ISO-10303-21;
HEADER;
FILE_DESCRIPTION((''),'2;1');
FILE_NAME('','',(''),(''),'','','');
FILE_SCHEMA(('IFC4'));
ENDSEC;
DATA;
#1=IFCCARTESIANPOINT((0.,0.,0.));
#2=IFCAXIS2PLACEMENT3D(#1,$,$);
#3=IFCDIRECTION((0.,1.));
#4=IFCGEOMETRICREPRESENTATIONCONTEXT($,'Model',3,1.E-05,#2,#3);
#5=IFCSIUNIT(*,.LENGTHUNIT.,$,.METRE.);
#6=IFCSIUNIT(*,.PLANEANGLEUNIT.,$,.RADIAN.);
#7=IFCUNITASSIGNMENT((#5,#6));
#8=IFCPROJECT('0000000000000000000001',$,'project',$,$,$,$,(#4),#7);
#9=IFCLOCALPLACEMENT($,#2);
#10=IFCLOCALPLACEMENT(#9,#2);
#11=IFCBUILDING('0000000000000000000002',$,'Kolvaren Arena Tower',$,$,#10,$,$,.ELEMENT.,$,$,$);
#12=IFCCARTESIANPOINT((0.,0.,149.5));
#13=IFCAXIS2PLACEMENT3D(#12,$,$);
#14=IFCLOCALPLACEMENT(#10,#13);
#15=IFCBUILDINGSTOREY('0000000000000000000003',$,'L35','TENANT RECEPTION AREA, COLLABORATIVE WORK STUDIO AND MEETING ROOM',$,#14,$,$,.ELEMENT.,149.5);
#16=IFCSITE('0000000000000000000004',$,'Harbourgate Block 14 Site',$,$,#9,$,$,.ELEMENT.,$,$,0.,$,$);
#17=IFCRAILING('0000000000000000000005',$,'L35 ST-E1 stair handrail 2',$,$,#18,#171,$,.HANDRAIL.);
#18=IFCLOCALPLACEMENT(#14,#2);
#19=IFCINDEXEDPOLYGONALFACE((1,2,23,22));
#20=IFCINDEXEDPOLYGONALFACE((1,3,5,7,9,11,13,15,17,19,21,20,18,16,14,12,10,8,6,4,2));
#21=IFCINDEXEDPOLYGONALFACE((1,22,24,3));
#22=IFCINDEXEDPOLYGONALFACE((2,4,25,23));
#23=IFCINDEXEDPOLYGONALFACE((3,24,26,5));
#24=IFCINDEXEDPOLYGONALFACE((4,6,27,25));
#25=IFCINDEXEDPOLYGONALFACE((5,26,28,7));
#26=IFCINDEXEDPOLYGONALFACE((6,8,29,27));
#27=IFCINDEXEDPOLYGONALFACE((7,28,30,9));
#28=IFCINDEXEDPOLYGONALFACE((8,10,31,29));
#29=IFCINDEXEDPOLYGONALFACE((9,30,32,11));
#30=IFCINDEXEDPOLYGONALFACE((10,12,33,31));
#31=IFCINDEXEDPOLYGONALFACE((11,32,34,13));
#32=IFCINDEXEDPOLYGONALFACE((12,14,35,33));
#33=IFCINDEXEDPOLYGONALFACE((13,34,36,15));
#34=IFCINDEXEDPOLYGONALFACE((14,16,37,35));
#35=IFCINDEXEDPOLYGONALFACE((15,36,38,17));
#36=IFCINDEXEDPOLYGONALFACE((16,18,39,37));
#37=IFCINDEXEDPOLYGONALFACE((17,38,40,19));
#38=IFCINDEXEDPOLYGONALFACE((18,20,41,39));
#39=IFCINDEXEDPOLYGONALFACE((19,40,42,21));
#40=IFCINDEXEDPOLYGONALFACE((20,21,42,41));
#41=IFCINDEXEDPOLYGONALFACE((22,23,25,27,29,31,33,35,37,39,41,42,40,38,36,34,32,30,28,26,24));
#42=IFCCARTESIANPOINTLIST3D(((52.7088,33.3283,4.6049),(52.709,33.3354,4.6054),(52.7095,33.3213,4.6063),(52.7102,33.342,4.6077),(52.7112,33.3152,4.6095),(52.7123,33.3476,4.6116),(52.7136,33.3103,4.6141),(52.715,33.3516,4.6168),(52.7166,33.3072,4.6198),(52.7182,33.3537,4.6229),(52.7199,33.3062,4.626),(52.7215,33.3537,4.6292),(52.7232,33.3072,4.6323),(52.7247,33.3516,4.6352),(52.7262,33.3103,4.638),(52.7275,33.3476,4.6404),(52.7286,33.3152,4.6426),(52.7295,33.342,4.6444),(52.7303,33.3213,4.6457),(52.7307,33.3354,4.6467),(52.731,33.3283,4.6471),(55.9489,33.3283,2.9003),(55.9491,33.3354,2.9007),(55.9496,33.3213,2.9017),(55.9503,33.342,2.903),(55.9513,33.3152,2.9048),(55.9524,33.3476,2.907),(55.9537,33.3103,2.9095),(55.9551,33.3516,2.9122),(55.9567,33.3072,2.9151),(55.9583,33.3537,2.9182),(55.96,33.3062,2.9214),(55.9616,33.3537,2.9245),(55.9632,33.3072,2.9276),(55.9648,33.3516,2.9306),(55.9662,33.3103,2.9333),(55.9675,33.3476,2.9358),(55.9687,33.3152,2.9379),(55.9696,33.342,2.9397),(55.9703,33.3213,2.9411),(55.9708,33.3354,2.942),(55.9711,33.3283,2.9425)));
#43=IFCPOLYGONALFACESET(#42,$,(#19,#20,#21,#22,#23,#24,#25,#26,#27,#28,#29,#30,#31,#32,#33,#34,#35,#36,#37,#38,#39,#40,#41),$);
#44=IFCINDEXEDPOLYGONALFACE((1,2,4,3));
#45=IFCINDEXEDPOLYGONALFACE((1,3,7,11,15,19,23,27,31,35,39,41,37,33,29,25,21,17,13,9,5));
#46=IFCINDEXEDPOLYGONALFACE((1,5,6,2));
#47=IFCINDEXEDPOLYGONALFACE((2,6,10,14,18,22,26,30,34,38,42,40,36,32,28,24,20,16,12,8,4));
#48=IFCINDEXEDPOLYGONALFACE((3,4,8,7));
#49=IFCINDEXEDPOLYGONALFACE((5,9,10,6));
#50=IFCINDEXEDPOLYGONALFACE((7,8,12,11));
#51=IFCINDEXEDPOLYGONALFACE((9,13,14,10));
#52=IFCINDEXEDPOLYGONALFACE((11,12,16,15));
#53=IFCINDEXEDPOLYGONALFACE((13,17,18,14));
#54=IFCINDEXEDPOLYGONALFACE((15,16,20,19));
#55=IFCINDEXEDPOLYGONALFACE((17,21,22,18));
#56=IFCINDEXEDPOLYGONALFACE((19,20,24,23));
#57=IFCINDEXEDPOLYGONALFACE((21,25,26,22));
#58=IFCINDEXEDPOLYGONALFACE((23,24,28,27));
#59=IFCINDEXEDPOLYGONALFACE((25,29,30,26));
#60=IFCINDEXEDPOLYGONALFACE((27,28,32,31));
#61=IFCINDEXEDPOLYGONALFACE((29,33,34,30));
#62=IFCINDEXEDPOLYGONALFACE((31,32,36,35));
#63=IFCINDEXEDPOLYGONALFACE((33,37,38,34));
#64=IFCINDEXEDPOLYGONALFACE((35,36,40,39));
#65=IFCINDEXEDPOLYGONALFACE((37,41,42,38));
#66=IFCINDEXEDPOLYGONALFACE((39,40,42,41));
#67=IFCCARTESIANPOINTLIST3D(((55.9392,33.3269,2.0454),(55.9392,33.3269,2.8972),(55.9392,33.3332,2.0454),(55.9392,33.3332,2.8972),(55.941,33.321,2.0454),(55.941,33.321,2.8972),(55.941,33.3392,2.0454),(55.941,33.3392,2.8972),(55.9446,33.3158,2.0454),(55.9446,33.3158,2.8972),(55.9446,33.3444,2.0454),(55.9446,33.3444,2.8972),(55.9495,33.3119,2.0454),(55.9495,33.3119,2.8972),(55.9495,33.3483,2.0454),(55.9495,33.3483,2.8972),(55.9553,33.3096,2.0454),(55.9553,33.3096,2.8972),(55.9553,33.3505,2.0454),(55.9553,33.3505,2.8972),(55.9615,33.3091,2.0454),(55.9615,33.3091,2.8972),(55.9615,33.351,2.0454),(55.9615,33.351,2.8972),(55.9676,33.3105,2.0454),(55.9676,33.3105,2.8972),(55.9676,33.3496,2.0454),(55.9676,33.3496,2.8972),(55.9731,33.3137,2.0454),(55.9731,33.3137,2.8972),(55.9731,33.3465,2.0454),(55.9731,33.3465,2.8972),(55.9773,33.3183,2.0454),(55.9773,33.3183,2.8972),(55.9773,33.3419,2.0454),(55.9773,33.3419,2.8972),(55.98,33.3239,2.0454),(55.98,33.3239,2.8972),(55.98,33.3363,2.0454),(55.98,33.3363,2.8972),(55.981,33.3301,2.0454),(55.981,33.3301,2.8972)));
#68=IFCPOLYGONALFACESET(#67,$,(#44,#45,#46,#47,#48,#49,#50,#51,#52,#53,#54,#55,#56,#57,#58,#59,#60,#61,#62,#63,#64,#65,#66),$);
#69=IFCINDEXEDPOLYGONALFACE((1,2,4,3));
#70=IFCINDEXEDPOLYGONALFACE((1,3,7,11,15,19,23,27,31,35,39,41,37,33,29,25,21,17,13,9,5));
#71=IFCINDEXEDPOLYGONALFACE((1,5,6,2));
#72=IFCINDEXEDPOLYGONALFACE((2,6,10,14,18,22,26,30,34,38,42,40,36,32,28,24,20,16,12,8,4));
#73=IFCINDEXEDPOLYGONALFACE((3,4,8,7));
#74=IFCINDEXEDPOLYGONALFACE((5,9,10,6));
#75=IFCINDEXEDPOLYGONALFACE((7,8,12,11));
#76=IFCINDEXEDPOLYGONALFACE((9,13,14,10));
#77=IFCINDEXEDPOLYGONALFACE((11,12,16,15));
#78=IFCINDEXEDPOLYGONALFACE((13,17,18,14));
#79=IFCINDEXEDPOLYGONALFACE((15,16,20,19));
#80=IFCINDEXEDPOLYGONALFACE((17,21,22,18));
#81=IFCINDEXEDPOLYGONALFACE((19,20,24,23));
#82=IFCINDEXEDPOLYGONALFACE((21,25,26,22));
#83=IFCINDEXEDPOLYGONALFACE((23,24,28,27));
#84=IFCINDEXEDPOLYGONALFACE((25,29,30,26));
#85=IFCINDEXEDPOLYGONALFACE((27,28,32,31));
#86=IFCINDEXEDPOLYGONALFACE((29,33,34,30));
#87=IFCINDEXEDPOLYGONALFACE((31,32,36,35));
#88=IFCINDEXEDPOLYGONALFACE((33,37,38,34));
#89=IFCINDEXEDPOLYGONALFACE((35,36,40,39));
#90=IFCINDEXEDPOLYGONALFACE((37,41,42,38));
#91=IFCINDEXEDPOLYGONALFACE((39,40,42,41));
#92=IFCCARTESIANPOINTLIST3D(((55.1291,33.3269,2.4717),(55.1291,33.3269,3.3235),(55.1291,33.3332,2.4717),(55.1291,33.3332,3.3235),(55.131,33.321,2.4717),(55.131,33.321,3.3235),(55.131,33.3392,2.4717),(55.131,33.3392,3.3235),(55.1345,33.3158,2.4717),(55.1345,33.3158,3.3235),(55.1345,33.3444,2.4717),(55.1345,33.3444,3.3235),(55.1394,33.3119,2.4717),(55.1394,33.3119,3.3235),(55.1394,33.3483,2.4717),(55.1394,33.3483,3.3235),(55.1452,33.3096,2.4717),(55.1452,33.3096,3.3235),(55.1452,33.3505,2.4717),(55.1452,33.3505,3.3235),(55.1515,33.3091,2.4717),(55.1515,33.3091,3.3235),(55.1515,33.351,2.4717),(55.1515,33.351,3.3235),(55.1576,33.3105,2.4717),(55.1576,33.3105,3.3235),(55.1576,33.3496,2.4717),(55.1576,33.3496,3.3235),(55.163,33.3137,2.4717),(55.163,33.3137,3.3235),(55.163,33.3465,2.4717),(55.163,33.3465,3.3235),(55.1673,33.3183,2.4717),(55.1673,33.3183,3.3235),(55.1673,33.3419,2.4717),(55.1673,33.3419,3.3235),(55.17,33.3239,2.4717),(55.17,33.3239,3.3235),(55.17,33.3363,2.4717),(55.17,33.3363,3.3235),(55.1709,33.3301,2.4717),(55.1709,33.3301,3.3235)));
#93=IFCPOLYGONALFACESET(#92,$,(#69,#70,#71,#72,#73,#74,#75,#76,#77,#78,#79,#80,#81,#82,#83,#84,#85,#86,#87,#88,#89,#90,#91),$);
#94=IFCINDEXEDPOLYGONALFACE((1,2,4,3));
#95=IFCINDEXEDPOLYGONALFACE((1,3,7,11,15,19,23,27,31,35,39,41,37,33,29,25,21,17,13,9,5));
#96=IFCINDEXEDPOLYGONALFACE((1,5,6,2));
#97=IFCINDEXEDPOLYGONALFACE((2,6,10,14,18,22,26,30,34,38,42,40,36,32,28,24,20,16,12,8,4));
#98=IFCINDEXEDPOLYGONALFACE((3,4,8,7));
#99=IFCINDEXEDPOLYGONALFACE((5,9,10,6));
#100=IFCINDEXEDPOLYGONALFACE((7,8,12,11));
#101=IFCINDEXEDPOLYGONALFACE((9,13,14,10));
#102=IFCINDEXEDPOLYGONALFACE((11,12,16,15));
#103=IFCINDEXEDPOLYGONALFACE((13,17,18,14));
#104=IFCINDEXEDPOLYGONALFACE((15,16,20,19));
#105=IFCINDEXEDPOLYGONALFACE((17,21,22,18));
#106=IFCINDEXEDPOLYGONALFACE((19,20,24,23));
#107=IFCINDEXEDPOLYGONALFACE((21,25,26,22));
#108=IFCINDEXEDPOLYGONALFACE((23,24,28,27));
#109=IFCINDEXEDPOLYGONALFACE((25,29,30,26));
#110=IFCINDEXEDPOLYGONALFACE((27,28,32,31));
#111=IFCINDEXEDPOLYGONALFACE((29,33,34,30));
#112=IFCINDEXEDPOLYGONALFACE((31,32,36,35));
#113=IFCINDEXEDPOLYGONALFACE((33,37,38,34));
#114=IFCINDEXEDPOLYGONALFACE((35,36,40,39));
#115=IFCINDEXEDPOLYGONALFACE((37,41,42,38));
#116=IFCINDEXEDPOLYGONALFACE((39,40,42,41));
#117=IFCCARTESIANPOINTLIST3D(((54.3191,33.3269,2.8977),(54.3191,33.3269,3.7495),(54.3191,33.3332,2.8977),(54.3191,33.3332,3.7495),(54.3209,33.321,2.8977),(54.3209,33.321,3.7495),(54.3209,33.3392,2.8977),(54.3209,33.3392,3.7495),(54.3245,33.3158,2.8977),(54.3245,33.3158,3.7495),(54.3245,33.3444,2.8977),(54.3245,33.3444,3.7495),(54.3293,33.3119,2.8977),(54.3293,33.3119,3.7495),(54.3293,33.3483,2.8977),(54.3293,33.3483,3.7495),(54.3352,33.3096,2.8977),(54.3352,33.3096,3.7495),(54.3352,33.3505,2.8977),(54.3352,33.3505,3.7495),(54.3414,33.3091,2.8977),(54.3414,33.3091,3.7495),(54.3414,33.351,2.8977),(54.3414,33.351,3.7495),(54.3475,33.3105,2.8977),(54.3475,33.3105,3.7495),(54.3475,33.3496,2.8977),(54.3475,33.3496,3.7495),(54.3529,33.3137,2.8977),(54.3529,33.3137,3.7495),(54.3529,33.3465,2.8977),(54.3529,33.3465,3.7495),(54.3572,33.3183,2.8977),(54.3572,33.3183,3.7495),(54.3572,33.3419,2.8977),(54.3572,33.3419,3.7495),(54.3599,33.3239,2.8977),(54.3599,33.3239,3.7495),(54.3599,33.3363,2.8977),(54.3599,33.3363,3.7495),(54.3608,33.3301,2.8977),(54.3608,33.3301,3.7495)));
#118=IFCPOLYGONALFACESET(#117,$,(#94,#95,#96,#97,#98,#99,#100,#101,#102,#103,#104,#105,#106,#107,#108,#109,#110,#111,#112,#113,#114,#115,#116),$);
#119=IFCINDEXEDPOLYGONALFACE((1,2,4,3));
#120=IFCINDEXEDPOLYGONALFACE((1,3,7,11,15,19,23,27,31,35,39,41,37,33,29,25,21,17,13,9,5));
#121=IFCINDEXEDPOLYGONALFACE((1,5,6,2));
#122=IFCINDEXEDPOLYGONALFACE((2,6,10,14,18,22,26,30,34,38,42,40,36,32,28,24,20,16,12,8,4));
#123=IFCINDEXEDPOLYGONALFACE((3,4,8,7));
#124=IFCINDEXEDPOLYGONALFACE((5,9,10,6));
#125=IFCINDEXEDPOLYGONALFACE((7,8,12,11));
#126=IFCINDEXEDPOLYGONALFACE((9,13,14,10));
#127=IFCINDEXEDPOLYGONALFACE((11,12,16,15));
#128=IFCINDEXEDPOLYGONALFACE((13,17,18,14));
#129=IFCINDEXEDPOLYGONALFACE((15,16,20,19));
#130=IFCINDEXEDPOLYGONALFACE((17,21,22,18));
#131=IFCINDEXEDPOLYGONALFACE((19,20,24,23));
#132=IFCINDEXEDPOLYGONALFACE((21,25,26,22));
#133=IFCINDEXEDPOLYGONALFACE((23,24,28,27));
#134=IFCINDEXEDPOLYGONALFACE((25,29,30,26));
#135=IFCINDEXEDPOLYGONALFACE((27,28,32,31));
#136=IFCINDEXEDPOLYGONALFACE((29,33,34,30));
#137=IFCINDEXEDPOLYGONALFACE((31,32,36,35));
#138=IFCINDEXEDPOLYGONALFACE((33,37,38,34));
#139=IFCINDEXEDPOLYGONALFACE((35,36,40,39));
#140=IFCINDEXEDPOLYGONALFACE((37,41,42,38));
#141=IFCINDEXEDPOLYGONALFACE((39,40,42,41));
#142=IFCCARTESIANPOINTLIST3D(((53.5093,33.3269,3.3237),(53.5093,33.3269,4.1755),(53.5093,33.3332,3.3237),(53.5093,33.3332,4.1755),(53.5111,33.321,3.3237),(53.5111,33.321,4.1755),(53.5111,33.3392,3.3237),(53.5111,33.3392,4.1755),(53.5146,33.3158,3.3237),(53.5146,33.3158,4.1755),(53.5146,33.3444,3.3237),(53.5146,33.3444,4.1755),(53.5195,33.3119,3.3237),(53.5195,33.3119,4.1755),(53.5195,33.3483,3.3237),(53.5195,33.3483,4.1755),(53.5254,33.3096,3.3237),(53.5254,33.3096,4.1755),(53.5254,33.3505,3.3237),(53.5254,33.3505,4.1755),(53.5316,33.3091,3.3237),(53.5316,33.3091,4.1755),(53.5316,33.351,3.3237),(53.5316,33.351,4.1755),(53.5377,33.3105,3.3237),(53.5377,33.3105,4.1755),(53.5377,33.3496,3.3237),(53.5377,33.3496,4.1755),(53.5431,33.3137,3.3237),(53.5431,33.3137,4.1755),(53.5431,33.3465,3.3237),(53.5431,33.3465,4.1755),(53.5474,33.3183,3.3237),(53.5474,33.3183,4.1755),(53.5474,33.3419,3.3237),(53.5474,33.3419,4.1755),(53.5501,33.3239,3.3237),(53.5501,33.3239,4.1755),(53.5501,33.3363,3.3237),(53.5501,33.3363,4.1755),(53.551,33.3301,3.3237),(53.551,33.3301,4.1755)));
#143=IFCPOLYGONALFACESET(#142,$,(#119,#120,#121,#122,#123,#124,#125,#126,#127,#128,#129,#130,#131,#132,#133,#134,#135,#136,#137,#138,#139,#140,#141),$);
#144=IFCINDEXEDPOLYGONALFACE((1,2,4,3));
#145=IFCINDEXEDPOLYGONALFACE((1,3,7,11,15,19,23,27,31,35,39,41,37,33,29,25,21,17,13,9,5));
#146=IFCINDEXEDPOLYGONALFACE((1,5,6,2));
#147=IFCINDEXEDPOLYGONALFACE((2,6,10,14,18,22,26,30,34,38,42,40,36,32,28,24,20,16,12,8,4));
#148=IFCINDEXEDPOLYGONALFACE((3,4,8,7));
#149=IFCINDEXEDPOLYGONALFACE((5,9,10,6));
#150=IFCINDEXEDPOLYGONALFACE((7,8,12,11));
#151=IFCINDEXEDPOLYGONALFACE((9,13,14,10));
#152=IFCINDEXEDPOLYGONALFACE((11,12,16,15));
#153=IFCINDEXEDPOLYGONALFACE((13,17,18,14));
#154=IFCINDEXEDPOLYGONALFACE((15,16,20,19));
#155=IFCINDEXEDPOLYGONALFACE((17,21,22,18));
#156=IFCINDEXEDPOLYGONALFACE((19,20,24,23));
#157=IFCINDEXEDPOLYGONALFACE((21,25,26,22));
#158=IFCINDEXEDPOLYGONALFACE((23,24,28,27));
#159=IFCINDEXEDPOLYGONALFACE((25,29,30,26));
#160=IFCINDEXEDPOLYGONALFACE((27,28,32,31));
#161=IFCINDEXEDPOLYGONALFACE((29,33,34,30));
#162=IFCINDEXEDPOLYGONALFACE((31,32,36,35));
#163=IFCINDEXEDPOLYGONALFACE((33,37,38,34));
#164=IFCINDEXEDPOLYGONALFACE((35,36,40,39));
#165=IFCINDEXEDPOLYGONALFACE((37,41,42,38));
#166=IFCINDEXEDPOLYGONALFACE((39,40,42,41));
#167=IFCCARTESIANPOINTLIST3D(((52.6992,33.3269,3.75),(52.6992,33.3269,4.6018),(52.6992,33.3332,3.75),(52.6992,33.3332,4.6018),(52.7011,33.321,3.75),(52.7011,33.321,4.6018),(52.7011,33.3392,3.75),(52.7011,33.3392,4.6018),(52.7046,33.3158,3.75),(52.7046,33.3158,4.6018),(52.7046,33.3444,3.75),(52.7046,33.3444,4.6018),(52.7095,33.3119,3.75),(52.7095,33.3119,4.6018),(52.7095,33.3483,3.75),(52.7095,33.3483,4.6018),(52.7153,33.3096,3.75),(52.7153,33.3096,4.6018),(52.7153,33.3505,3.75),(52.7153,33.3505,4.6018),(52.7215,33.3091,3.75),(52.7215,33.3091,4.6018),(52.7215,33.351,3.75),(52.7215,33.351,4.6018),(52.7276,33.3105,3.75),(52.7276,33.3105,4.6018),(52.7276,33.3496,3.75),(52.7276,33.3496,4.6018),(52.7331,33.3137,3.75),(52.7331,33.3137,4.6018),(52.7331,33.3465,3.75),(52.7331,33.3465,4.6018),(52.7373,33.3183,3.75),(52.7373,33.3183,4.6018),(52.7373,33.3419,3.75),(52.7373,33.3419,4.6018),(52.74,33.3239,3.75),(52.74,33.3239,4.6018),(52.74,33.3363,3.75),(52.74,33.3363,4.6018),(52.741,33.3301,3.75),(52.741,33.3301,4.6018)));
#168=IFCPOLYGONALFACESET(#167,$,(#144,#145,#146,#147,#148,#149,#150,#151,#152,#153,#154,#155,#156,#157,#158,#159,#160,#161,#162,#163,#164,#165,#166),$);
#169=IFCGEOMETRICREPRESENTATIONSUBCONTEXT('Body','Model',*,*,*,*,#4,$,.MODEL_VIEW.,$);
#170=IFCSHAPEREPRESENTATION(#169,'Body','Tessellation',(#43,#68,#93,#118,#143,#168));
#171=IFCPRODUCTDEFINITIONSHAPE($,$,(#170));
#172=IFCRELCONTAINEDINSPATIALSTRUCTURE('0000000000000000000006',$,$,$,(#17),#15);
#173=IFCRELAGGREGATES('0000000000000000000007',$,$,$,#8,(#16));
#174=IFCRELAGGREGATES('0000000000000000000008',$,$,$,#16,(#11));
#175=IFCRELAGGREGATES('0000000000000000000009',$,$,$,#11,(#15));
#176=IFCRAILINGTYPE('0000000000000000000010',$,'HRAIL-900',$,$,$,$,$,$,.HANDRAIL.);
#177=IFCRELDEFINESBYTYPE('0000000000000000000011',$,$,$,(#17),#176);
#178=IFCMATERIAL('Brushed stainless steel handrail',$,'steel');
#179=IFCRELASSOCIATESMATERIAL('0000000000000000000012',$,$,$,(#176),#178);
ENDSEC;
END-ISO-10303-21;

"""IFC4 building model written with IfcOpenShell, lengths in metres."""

from ifc_helpers import new_model, si_unit, direction, frame, origin, origin_2d, place, context, subcontext, project, spatial, circle, extrude, material, type_object, element, save


model = new_model("IFC4")

# Units and contexts
model_context = context("Model", 3, precision=1e-05, world=origin(), true_north=direction((0.0, 1.0)))
body_context = subcontext(model_context, "Body", "Model", "MODEL_VIEW")
ifc_project = project(units=[si_unit("LENGTHUNIT", "METRE"), si_unit("PLANEANGLEUNIT", "RADIAN")], contexts=[model_context])

# Site, building, storey
site_placement = place(None, origin())
site = spatial("IfcSite", under=ifc_project, at=site_placement, Name="Harbourgate Block 14 Site", CompositionType="ELEMENT", RefElevation=0.0)
building_placement = place(site_placement, origin())
building = spatial("IfcBuilding", under=site, at=building_placement, Name="Kolvaren Arena Tower", CompositionType="ELEMENT")
storey_placement = place(building_placement, frame((0.0, 0.0, 149.5)))
storey = spatial("IfcBuildingStorey", under=building, at=storey_placement, Name="L35", Description="TENANT RECEPTION AREA, COLLABORATIVE WORK STUDIO AND MEETING ROOM", CompositionType="ELEMENT", Elevation=149.5)

# Railing
ifc_material_1 = material(Name="Brushed stainless steel handrail", Category="steel")
railing_type_1 = type_object("IfcRailingType", Name="HRAIL-900", PredefinedType="HANDRAIL", material=ifc_material_1)
for number, where, name in (
    (1, (55.96, 33.3301, 2.0454), "L35 ST-E1 stair handrail 2"),
):
    element("IfcRailing", number, at=place(storey_placement, frame(where)), inside=storey, type_object=railing_type_1, Name=name, PredefinedType="HANDRAIL", context=body_context, shape_type="SweptSolid", body=[
        extrude(circle(Radius=0.0239, at=origin_2d()), frame((0.0, 0.0, 0.876), z_axis=(-0.884993, 0.0, 0.465604), x_axis=(0.0, -1.0, 0.0)), (0.0, 0.0, 1.0), 3.6611),
        extrude(circle(Radius=0.021, at=origin_2d()), origin(), (0.0, 0.0, 1.0), 0.8518),
        extrude(circle(Radius=0.021, at=origin_2d()), frame((-0.8101, 0.0, 0.4263)), (0.0, 0.0, 1.0), 0.8518),
        extrude(circle(Radius=0.021, at=origin_2d()), frame((-1.6201, 0.0, 0.8523)), (0.0, 0.0, 1.0), 0.8518),
        extrude(circle(Radius=0.021, at=origin_2d()), frame((-2.4299, 0.0, 1.2783)), (0.0, 0.0, 1.0), 0.8518),
        extrude(circle(Radius=0.021, at=origin_2d()), frame((-3.24, 0.0, 1.7046)), (0.0, 0.0, 1.0), 0.8518),
    ])

save(model, "model.ifc")
